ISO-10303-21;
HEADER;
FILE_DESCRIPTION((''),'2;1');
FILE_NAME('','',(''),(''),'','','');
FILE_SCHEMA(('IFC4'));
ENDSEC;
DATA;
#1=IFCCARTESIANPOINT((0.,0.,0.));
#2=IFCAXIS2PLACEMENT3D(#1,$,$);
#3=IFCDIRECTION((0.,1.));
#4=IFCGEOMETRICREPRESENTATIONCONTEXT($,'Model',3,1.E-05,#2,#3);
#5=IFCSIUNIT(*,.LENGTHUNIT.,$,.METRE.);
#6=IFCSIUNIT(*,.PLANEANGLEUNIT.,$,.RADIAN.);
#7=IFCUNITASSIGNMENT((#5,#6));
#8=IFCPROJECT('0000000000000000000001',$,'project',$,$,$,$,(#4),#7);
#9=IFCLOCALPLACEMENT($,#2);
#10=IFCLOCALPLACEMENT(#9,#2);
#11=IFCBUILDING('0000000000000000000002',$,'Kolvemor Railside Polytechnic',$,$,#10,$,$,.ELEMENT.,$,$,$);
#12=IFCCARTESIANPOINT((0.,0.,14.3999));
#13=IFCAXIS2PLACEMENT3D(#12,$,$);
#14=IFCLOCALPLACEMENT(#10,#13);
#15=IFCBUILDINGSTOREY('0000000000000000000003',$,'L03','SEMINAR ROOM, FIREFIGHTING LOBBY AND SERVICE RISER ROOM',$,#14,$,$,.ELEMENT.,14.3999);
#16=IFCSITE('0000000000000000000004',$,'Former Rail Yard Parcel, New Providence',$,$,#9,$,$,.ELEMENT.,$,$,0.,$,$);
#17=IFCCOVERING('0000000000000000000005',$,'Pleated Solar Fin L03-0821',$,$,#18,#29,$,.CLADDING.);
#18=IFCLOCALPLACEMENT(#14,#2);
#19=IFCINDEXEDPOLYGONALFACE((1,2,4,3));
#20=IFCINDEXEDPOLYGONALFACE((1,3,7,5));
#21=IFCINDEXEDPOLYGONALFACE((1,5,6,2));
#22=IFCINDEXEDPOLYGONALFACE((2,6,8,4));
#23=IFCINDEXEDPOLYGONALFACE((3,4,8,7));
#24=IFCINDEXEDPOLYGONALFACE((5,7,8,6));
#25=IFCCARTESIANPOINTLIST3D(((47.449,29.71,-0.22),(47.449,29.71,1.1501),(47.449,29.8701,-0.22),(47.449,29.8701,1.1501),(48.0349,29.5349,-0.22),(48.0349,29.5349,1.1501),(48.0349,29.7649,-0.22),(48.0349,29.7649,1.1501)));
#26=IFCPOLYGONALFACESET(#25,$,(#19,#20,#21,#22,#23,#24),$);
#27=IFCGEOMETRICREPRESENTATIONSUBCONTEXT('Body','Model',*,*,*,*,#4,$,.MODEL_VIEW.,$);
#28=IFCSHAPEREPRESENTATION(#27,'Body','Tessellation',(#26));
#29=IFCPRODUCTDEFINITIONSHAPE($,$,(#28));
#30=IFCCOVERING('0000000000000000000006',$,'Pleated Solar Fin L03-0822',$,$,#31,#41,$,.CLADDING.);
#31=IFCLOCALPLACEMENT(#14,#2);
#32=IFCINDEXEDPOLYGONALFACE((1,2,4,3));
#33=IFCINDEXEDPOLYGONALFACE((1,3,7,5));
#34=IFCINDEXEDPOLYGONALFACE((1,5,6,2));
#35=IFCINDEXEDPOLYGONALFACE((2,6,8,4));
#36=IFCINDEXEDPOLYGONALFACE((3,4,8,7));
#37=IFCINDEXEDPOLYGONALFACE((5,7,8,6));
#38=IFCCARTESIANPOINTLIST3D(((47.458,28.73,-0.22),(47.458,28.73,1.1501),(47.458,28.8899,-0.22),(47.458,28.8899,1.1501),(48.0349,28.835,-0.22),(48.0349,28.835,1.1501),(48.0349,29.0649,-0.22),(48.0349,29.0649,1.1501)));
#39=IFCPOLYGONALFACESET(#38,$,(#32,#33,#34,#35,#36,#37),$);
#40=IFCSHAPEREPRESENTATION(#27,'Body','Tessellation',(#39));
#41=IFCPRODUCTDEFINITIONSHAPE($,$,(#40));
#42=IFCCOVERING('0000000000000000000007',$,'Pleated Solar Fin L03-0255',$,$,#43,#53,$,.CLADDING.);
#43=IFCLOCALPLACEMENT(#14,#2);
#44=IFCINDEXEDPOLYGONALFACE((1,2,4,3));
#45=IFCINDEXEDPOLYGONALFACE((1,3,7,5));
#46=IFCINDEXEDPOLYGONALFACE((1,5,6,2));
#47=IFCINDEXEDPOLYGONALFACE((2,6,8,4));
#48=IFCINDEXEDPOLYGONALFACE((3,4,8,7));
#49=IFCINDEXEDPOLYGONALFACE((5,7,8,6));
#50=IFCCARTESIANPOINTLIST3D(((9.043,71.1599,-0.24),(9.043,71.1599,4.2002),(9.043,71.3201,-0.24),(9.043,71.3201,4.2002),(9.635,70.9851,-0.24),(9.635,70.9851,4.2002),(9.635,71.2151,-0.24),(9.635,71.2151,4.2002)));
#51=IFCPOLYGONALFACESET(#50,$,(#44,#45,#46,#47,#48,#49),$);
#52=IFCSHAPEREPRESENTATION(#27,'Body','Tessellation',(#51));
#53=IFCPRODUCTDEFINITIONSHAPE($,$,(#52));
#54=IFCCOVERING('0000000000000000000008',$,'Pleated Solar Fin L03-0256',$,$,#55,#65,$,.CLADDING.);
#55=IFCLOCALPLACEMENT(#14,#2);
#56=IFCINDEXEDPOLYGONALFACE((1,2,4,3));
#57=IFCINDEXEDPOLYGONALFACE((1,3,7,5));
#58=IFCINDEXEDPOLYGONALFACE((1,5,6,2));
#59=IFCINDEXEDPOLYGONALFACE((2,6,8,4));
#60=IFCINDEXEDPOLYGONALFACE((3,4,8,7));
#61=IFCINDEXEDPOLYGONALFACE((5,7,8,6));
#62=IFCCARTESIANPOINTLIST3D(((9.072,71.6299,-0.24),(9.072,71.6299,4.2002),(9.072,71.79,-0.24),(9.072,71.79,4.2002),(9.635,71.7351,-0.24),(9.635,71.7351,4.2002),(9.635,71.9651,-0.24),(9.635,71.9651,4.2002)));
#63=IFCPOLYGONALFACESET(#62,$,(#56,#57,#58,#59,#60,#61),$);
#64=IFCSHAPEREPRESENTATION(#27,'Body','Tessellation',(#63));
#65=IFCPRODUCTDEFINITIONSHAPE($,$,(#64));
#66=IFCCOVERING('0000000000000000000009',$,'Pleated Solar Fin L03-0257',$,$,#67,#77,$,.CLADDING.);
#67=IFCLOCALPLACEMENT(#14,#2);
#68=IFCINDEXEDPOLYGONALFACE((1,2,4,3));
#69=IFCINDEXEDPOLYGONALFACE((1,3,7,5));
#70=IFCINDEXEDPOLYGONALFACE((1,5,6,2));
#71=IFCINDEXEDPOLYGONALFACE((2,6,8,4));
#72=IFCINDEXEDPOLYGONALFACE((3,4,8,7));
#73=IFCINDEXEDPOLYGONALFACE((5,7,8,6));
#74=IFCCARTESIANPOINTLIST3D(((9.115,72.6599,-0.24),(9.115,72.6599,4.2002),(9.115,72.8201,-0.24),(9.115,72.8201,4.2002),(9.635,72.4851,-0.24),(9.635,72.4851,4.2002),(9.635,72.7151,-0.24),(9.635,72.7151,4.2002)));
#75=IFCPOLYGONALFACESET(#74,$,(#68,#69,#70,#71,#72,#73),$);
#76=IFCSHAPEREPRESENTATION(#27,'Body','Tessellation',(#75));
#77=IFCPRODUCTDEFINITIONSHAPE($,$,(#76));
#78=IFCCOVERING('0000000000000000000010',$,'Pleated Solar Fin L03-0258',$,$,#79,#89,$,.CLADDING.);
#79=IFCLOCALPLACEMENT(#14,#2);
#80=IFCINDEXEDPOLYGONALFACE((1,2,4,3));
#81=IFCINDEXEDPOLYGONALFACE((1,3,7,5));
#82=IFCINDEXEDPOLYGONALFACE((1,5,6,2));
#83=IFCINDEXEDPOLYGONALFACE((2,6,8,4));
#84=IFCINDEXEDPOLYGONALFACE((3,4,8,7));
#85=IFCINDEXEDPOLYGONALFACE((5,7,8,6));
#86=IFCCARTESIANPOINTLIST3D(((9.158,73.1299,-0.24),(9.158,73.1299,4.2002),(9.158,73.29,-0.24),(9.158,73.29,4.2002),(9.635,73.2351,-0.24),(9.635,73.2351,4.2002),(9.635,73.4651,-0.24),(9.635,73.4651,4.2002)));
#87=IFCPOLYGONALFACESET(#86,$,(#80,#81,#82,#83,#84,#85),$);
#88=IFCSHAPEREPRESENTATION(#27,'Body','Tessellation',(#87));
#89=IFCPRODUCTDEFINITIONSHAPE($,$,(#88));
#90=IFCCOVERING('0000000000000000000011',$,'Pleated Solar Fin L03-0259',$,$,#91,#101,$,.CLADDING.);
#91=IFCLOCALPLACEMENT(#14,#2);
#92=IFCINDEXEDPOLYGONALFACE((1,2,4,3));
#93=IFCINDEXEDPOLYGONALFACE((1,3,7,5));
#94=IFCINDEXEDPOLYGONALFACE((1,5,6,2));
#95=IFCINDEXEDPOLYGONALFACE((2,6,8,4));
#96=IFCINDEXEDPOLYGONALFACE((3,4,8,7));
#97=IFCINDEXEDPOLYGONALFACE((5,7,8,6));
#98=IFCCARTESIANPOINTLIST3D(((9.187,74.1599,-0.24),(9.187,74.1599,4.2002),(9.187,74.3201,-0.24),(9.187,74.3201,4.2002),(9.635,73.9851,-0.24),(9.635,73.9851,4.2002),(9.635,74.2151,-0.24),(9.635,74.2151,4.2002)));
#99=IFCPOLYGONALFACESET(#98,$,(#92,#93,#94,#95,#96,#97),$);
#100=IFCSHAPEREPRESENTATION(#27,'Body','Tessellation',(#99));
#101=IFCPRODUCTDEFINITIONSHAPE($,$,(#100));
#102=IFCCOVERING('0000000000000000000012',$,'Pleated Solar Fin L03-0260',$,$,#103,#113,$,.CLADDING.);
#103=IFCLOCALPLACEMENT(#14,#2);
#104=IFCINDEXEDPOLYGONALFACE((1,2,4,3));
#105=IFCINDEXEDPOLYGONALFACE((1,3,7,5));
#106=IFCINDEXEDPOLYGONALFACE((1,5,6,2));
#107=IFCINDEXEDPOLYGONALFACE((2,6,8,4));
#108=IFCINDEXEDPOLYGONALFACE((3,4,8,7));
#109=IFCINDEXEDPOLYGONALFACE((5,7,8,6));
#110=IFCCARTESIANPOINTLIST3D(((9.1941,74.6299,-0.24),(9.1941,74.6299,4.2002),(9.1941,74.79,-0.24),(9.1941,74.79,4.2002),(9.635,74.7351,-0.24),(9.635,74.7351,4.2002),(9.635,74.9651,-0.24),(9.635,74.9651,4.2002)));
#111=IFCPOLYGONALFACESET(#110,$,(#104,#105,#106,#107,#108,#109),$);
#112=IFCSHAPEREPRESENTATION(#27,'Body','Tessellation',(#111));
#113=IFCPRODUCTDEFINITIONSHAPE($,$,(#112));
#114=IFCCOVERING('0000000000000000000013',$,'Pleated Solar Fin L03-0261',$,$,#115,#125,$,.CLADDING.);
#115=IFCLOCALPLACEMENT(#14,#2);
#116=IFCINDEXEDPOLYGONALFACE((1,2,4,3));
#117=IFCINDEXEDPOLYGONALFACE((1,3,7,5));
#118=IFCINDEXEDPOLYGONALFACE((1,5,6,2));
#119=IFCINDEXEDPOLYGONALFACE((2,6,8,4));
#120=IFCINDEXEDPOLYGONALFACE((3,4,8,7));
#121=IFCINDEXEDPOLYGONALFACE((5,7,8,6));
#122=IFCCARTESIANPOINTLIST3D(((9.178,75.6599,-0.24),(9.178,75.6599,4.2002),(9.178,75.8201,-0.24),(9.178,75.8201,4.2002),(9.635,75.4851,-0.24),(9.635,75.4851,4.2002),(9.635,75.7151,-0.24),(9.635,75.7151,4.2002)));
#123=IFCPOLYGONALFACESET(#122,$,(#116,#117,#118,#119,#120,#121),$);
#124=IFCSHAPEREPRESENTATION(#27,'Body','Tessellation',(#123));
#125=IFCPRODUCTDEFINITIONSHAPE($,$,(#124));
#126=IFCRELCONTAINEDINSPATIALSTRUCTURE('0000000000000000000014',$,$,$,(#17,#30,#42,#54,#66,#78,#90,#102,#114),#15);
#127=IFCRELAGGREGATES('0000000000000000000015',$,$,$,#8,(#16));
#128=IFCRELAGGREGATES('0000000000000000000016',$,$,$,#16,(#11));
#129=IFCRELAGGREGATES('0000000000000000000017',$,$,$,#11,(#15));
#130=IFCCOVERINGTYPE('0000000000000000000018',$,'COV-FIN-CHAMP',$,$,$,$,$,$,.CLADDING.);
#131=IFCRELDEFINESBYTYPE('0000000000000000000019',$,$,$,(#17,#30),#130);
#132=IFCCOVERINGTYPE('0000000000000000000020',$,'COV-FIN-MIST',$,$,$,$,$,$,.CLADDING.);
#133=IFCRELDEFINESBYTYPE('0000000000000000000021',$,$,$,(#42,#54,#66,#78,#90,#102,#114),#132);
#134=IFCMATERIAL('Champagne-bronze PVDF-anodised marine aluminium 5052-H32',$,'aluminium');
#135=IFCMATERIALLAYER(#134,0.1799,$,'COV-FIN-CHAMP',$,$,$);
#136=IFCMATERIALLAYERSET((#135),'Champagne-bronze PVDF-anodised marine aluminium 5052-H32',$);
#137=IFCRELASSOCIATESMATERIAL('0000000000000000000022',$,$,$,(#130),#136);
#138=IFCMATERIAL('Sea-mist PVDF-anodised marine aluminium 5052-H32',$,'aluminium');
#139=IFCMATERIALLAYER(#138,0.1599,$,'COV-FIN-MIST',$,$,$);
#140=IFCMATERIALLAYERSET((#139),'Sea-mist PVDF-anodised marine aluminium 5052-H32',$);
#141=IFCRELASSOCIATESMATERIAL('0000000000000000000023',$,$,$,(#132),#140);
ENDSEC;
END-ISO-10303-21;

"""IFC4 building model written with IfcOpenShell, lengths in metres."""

from ifc_helpers import new_model, si_unit, direction, frame, origin, place, context, subcontext, project, spatial, polyline, outline, extrude, material, layer, layer_set, type_object, element, save


model = new_model("IFC4")

# Units and contexts
model_context = context("Model", 3, precision=1e-05, world=origin(), true_north=direction((0.0, 1.0)))
body_context = subcontext(model_context, "Body", "Model", "MODEL_VIEW")
ifc_project = project(units=[si_unit("LENGTHUNIT", "METRE"), si_unit("PLANEANGLEUNIT", "RADIAN")], contexts=[model_context])

# Site, building, storey
site_placement = place(None, origin())
site = spatial("IfcSite", under=ifc_project, at=site_placement, Name="Former Rail Yard Parcel, New Providence", CompositionType="ELEMENT", RefElevation=0.0)
building_placement = place(site_placement, origin())
building = spatial("IfcBuilding", under=site, at=building_placement, Name="Kolvemor Railside Polytechnic", CompositionType="ELEMENT")
storey_placement = place(building_placement, frame((0.0, 0.0, 14.3999)))
storey = spatial("IfcBuildingStorey", under=building, at=storey_placement, Name="L03", Description="SEMINAR ROOM, FIREFIGHTING LOBBY AND SERVICE RISER ROOM", CompositionType="ELEMENT", Elevation=14.3999)

# Coverings
ifc_material_1 = material(Name="Champagne-bronze PVDF-anodised marine aluminium 5052-H32", Category="aluminium")
ifc_layer_1 = layer(ifc_material_1, 0.1799, Name="COV-FIN-CHAMP")
ifc_layer_set_1 = layer_set([ifc_layer_1], Name="Champagne-bronze PVDF-anodised marine aluminium 5052-H32")
covering_type_1 = type_object("IfcCoveringType", Name="COV-FIN-CHAMP", PredefinedType="CLADDING", material=ifc_layer_set_1)
covering_1_placement = place(storey_placement, frame((0.0, 0.0, -0.22)))
element("IfcCovering", 1, at=covering_1_placement, inside=storey, type_object=covering_type_1, Name="Pleated Solar Fin L03-0821", PredefinedType="CLADDING", context=body_context, shape_type="SweptSolid", body=[
    extrude(outline(polyline([(48.0349, 29.7649), (48.0349, 29.5349), (47.449, 29.71), (47.449, 29.8701), (48.0349, 29.7649)])), origin(), (0.0, 0.0, 1.0), 1.3701),
])
covering_2_placement = place(storey_placement, frame((0.0, 0.0, -0.22)))
element("IfcCovering", 2, at=covering_2_placement, inside=storey, type_object=covering_type_1, Name="Pleated Solar Fin L03-0822", PredefinedType="CLADDING", context=body_context, shape_type="SweptSolid", body=[
    extrude(outline(polyline([(48.0349, 29.0649), (48.0349, 28.835), (47.458, 28.73), (47.458, 28.8899), (48.0349, 29.0649)])), origin(), (0.0, 0.0, 1.0), 1.3701),
])
ifc_material_2 = material(Name="Sea-mist PVDF-anodised marine aluminium 5052-H32", Category="aluminium")
ifc_layer_2 = layer(ifc_material_2, 0.1599, Name="COV-FIN-MIST")
ifc_layer_set_2 = layer_set([ifc_layer_2], Name="Sea-mist PVDF-anodised marine aluminium 5052-H32")
covering_type_2 = type_object("IfcCoveringType", Name="COV-FIN-MIST", PredefinedType="CLADDING", material=ifc_layer_set_2)
covering_3_placement = place(storey_placement, frame((0.0, 0.0, -0.24)))
element("IfcCovering", 3, at=covering_3_placement, inside=storey, type_object=covering_type_2, Name="Pleated Solar Fin L03-0255", PredefinedType="CLADDING", context=body_context, shape_type="SweptSolid", body=[
    extrude(outline(polyline([(9.635, 70.9851), (9.635, 71.2151), (9.043, 71.3201), (9.043, 71.1599), (9.635, 70.9851)])), origin(), (0.0, 0.0, 1.0), 4.4402),
])
covering_4_placement = place(storey_placement, frame((0.0, 0.0, -0.24)))
element("IfcCovering", 4, at=covering_4_placement, inside=storey, type_object=covering_type_2, Name="Pleated Solar Fin L03-0256", PredefinedType="CLADDING", context=body_context, shape_type="SweptSolid", body=[
    extrude(outline(polyline([(9.635, 71.7351), (9.635, 71.9651), (9.072, 71.79), (9.072, 71.6299), (9.635, 71.7351)])), origin(), (0.0, 0.0, 1.0), 4.4402),
])
covering_5_placement = place(storey_placement, frame((0.0, 0.0, -0.24)))
element("IfcCovering", 5, at=covering_5_placement, inside=storey, type_object=covering_type_2, Name="Pleated Solar Fin L03-0257", PredefinedType="CLADDING", context=body_context, shape_type="SweptSolid", body=[
    extrude(outline(polyline([(9.635, 72.4851), (9.635, 72.7151), (9.115, 72.8201), (9.115, 72.6599), (9.635, 72.4851)])), origin(), (0.0, 0.0, 1.0), 4.4402),
])
covering_6_placement = place(storey_placement, frame((0.0, 0.0, -0.24)))
element("IfcCovering", 6, at=covering_6_placement, inside=storey, type_object=covering_type_2, Name="Pleated Solar Fin L03-0258", PredefinedType="CLADDING", context=body_context, shape_type="SweptSolid", body=[
    extrude(outline(polyline([(9.635, 73.2351), (9.635, 73.4651), (9.158, 73.29), (9.158, 73.1299), (9.635, 73.2351)])), origin(), (0.0, 0.0, 1.0), 4.4402),
])
covering_7_placement = place(storey_placement, frame((0.0, 0.0, -0.24)))
element("IfcCovering", 7, at=covering_7_placement, inside=storey, type_object=covering_type_2, Name="Pleated Solar Fin L03-0259", PredefinedType="CLADDING", context=body_context, shape_type="SweptSolid", body=[
    extrude(outline(polyline([(9.635, 73.9851), (9.635, 74.2151), (9.187, 74.3201), (9.187, 74.1599), (9.635, 73.9851)])), origin(), (0.0, 0.0, 1.0), 4.4402),
])
covering_8_placement = place(storey_placement, frame((0.0, 0.0, -0.24)))
element("IfcCovering", 8, at=covering_8_placement, inside=storey, type_object=covering_type_2, Name="Pleated Solar Fin L03-0260", PredefinedType="CLADDING", context=body_context, shape_type="SweptSolid", body=[
    extrude(outline(polyline([(9.635, 74.7351), (9.635, 74.9651), (9.1941, 74.79), (9.1941, 74.6299), (9.635, 74.7351)])), origin(), (0.0, 0.0, 1.0), 4.4402),
])
covering_9_placement = place(storey_placement, frame((0.0, 0.0, -0.24)))
element("IfcCovering", 9, at=covering_9_placement, inside=storey, type_object=covering_type_2, Name="Pleated Solar Fin L03-0261", PredefinedType="CLADDING", context=body_context, shape_type="SweptSolid", body=[
    extrude(outline(polyline([(9.635, 75.4851), (9.635, 75.7151), (9.178, 75.8201), (9.178, 75.6599), (9.635, 75.4851)])), origin(), (0.0, 0.0, 1.0), 4.4402),
])

save(model, "model.ifc")
